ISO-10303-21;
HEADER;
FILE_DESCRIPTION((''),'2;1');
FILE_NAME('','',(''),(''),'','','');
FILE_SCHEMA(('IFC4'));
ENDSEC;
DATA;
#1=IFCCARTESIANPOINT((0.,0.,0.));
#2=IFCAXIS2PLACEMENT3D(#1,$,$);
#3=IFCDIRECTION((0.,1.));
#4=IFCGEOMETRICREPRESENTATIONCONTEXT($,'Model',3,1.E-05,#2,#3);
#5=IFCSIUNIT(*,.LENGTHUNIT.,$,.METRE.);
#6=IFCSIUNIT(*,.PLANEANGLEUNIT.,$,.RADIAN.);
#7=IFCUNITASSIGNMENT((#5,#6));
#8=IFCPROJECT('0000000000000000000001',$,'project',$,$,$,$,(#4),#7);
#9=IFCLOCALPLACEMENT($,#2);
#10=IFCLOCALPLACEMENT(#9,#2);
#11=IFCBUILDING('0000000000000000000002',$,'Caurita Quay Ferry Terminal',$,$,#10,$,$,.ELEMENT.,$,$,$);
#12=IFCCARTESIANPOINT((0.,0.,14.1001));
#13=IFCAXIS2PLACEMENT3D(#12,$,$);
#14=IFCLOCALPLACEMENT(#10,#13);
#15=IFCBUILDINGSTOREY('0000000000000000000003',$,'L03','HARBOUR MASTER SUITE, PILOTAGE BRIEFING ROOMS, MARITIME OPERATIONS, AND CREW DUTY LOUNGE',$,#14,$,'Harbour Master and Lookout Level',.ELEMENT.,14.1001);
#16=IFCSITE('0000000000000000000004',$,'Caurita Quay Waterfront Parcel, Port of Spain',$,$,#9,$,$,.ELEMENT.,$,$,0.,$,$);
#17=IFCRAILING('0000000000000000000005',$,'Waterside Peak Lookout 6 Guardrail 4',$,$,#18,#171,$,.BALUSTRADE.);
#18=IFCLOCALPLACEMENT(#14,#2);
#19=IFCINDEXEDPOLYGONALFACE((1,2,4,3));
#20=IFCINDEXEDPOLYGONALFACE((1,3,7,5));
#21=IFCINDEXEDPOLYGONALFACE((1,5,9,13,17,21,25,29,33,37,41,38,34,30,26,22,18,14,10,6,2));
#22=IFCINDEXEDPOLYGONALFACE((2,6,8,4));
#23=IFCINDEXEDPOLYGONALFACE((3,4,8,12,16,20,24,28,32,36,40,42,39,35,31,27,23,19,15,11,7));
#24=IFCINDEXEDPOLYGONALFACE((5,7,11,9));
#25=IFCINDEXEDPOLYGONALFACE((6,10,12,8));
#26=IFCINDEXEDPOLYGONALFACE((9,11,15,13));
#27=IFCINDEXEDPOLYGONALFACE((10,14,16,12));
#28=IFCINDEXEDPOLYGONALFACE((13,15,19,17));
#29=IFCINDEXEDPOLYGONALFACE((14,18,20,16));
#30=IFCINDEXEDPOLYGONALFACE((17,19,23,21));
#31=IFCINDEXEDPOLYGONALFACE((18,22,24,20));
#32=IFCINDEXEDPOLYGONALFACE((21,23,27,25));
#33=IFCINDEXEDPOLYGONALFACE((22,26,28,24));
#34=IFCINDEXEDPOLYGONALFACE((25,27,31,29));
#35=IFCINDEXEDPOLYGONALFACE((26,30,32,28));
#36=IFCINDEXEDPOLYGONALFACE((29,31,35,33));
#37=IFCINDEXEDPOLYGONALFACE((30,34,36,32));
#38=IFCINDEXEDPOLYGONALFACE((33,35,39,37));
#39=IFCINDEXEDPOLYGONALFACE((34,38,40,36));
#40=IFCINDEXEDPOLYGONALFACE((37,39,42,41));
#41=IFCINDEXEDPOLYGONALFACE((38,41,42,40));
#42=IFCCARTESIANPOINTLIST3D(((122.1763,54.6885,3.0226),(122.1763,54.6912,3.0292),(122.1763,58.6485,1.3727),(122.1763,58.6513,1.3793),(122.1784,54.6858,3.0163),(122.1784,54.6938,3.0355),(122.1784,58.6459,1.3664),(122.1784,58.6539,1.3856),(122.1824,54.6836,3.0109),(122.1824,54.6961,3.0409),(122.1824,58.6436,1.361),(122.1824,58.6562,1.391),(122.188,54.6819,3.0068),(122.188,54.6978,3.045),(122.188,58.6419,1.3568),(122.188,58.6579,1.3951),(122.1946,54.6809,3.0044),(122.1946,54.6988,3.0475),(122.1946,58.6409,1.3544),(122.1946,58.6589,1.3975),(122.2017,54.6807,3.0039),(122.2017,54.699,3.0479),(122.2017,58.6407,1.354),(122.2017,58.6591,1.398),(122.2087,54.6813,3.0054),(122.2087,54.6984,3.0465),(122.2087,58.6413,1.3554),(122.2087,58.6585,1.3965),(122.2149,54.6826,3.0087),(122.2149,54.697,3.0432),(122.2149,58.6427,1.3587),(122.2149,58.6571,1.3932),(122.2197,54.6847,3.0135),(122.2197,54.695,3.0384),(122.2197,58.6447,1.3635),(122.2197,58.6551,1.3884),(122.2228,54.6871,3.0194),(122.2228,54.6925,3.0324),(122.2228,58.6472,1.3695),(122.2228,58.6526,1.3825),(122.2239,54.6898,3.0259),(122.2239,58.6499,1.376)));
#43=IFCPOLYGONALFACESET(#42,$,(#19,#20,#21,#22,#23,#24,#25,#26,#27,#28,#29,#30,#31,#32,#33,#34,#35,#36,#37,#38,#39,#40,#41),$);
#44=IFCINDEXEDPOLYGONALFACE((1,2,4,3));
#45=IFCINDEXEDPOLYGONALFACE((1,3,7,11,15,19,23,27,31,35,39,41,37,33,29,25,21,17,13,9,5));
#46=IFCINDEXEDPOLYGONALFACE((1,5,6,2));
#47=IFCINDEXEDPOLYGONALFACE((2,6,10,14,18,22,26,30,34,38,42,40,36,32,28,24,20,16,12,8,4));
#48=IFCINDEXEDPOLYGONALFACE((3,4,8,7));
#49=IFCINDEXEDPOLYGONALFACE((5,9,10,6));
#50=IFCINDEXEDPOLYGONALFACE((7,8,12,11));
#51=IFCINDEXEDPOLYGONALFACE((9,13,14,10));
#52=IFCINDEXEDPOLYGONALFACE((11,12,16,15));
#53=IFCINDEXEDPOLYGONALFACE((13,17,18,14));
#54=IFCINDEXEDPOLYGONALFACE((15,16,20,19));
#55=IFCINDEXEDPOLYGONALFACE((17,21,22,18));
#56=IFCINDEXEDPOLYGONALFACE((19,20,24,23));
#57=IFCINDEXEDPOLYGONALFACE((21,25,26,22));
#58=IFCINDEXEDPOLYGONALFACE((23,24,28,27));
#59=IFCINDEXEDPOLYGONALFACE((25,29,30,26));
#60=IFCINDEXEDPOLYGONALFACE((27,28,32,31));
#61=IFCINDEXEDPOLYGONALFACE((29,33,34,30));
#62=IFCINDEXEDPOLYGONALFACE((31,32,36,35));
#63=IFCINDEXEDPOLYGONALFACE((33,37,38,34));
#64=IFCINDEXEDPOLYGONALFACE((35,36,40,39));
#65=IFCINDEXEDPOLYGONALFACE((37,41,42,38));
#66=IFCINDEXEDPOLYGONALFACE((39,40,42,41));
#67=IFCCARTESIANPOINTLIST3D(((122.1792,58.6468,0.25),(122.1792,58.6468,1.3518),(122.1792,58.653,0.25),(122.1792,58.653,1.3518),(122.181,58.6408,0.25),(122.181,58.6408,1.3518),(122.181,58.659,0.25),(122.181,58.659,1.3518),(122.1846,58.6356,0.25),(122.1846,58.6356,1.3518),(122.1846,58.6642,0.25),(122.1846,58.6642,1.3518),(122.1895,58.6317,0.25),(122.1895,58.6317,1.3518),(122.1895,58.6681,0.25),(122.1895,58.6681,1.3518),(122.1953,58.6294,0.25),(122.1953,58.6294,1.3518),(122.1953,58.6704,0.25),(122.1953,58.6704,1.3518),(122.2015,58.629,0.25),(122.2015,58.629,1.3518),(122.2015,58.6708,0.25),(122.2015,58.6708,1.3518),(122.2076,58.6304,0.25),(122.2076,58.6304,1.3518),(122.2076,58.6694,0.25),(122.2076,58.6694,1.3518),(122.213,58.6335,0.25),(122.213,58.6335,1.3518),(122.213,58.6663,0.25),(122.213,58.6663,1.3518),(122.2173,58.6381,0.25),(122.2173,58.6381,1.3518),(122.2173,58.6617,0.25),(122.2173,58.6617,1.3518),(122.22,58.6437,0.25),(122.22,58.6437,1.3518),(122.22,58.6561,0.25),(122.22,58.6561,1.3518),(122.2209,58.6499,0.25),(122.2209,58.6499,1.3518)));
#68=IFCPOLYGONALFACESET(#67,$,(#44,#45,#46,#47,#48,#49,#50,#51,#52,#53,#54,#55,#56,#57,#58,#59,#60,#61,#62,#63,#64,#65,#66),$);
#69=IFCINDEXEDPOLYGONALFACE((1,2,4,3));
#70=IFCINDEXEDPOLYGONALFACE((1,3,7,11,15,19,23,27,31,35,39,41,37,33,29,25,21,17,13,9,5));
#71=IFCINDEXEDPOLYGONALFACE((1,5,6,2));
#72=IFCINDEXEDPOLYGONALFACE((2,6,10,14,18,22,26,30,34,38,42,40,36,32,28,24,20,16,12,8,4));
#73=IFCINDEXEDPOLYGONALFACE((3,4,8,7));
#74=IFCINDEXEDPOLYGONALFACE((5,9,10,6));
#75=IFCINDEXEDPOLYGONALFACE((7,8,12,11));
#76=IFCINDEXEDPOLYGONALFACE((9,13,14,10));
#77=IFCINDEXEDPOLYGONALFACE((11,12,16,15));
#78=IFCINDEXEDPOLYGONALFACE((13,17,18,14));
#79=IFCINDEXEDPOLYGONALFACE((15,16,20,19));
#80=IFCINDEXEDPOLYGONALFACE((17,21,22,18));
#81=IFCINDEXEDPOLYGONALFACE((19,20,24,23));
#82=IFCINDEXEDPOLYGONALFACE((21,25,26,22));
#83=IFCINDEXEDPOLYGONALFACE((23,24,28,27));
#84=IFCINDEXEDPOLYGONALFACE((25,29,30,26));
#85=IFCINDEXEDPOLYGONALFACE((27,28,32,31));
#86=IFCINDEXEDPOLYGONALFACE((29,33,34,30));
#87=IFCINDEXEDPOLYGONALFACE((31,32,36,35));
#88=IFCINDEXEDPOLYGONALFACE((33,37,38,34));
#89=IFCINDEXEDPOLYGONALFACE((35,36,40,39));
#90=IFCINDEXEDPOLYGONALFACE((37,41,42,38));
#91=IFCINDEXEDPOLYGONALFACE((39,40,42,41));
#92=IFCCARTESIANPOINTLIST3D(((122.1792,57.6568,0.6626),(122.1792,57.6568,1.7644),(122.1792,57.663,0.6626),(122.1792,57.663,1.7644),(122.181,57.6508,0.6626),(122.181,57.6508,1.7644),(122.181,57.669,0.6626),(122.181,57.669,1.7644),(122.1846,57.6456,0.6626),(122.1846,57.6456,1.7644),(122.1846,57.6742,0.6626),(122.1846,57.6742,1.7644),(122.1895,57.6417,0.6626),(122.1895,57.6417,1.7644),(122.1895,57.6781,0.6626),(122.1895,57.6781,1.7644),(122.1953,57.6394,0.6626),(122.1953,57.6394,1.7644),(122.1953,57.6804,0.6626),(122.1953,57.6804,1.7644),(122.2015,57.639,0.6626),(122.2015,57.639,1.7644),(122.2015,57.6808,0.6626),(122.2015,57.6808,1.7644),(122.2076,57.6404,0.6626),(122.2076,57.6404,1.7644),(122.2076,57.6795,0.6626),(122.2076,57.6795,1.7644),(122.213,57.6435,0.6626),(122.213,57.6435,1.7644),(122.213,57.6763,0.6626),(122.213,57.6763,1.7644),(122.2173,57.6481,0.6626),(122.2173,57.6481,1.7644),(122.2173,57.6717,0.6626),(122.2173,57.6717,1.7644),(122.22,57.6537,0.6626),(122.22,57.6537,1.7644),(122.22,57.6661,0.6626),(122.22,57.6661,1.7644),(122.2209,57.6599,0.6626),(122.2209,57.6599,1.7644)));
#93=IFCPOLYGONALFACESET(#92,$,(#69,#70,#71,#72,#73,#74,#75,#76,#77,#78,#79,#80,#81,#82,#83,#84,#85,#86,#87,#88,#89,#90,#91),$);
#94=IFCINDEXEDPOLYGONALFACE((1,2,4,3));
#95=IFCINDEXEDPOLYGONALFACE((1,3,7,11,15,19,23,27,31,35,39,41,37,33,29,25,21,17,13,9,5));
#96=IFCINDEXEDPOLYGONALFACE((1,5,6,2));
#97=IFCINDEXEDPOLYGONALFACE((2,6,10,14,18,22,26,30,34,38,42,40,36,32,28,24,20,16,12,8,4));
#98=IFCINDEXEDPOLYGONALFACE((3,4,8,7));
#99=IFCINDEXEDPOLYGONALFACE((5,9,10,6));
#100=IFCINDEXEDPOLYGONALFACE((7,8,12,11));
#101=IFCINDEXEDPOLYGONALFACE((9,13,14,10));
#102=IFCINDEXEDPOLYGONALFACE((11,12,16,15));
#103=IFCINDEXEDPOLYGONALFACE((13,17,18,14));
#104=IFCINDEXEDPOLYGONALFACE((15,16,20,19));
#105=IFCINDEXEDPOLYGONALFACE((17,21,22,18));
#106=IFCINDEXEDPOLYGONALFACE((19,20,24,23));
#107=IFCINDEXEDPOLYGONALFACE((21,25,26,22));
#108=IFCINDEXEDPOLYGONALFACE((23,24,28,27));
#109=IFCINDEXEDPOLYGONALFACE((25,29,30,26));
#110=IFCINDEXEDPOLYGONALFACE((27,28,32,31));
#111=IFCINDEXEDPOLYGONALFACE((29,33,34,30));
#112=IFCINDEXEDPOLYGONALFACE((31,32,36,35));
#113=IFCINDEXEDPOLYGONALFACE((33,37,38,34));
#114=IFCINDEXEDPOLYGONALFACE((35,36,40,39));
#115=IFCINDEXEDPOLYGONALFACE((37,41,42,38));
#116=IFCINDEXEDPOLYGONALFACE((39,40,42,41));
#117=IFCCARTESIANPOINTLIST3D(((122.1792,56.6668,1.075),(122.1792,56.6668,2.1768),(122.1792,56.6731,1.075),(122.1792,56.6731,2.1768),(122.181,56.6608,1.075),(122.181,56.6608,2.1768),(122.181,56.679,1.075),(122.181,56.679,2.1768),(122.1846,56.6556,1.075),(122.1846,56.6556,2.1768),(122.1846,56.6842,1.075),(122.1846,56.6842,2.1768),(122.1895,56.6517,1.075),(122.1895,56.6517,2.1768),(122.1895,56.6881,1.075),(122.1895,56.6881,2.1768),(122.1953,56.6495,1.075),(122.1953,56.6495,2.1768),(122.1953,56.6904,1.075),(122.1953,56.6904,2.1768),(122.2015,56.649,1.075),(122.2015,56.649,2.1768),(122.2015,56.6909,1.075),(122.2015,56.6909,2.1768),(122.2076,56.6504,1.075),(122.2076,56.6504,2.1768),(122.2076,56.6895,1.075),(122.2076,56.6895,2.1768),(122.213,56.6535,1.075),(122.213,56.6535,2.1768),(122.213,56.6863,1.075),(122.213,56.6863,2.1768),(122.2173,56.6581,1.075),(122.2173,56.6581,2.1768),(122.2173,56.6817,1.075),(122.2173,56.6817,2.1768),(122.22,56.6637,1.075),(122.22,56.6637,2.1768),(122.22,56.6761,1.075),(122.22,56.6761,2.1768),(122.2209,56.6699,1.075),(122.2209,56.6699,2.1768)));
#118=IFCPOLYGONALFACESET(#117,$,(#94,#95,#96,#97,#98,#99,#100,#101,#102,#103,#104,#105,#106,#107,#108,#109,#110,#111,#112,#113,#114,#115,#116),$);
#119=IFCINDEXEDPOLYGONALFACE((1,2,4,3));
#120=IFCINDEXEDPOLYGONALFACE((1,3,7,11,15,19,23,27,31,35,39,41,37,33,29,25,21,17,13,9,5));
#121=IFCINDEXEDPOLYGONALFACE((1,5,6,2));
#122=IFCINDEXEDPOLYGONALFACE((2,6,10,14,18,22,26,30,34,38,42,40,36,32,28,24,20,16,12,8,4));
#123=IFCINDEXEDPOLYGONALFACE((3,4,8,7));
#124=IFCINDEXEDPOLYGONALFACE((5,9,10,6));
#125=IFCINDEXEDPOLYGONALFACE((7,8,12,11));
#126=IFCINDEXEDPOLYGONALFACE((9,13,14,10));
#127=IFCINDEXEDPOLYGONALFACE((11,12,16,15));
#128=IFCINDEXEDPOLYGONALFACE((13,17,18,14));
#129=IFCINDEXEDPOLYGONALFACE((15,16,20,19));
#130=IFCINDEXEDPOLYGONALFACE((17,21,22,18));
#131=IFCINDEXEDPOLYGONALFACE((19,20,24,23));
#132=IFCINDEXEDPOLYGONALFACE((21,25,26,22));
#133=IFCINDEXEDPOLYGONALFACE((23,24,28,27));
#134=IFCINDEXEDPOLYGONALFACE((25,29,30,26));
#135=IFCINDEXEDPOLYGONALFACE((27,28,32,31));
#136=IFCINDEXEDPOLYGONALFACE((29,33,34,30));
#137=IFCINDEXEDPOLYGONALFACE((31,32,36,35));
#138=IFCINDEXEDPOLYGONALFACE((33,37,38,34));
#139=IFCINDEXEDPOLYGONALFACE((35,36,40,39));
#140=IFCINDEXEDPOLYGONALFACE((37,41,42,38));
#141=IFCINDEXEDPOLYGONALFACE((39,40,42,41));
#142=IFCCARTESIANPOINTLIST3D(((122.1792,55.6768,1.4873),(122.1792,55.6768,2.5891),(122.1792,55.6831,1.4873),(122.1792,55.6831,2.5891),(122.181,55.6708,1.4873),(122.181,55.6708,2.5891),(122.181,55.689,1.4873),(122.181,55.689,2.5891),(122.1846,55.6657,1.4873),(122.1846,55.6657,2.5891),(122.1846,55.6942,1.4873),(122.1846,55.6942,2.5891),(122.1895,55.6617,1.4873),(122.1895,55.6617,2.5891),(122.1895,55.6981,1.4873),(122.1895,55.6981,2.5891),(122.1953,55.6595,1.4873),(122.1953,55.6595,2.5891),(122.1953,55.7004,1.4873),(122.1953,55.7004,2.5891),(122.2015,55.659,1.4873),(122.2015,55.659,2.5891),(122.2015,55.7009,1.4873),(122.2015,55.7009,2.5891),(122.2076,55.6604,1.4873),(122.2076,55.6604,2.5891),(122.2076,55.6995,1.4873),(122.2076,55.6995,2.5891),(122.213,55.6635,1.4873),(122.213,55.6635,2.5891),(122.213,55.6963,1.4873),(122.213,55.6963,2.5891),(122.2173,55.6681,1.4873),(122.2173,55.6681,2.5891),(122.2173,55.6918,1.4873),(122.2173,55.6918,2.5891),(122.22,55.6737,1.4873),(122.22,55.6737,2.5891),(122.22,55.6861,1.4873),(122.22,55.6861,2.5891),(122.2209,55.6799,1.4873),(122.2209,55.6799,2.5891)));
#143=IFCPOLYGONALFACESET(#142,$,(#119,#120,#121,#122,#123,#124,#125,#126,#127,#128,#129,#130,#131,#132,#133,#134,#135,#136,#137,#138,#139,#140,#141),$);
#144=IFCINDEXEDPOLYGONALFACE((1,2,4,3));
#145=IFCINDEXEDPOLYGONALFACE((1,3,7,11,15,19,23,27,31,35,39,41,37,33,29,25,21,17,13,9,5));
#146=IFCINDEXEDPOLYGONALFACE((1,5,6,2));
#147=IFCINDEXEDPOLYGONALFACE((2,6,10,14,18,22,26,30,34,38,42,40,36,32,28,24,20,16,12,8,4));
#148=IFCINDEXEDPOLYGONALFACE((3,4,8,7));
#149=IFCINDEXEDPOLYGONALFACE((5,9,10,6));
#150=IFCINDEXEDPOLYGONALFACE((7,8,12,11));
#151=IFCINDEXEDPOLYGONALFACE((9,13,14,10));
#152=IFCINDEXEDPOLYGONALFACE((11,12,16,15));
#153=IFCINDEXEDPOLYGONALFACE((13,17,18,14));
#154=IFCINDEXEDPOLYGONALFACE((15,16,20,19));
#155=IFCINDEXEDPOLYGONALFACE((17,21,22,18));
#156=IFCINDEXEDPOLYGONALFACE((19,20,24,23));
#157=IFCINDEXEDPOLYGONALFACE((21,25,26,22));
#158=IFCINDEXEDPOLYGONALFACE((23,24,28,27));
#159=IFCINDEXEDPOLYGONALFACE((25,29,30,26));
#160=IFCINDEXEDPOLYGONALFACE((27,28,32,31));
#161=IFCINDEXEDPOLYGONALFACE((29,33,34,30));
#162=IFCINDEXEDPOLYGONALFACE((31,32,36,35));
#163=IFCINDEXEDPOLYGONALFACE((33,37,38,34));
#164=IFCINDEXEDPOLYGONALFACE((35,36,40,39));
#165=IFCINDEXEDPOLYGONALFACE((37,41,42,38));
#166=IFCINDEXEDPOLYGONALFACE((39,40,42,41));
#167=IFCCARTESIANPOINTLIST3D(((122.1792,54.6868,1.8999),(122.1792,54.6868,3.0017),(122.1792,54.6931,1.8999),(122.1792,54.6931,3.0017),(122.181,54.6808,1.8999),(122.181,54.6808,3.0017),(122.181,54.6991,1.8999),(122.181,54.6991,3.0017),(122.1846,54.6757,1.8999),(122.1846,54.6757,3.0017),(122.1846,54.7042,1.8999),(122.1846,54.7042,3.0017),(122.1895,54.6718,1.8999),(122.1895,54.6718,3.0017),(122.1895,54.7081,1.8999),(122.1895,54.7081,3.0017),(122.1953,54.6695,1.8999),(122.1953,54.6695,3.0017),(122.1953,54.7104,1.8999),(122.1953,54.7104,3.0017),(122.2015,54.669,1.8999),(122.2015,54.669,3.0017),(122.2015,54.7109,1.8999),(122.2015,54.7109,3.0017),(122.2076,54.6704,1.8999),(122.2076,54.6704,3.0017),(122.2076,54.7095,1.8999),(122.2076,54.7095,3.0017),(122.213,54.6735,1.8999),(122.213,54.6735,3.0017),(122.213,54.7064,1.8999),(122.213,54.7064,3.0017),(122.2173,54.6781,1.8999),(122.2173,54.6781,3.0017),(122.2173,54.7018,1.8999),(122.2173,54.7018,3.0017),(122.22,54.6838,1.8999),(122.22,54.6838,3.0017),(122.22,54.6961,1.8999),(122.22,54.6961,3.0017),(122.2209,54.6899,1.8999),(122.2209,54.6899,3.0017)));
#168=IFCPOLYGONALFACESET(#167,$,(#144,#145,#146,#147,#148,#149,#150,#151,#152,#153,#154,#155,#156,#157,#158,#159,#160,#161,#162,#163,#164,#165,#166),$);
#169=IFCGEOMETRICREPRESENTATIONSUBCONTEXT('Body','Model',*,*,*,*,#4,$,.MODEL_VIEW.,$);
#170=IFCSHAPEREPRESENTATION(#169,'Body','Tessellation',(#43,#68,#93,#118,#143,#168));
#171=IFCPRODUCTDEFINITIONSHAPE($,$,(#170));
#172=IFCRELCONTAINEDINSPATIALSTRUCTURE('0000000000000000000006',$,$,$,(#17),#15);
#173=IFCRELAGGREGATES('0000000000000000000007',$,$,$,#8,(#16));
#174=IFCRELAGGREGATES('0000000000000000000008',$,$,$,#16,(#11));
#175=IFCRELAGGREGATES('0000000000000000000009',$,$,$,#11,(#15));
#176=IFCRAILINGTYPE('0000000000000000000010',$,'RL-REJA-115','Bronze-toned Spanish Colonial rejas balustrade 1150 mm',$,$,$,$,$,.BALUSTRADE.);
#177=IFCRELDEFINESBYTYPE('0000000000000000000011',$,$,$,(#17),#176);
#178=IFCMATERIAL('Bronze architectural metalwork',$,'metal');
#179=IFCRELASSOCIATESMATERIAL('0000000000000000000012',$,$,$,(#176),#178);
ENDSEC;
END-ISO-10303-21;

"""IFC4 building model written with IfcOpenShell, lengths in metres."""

from ifc_helpers import new_model, si_unit, direction, frame, origin, origin_2d, place, context, subcontext, project, spatial, circle, extrude, material, type_object, element, save


model = new_model("IFC4")

# Units and contexts
model_context = context("Model", 3, precision=1e-05, world=origin(), true_north=direction((0.0, 1.0)))
body_context = subcontext(model_context, "Body", "Model", "MODEL_VIEW")
ifc_project = project(units=[si_unit("LENGTHUNIT", "METRE"), si_unit("PLANEANGLEUNIT", "RADIAN")], contexts=[model_context])

# Site, building, storey
site_placement = place(None, origin())
site = spatial("IfcSite", under=ifc_project, at=site_placement, Name="Caurita Quay Waterfront Parcel, Port of Spain", CompositionType="ELEMENT", RefElevation=0.0)
building_placement = place(site_placement, origin())
building = spatial("IfcBuilding", under=site, at=building_placement, Name="Caurita Quay Ferry Terminal", CompositionType="ELEMENT")
storey_placement = place(building_placement, frame((0.0, 0.0, 14.1001)))
storey = spatial("IfcBuildingStorey", under=building, at=storey_placement, Name="L03", Description="HARBOUR MASTER SUITE, PILOTAGE BRIEFING ROOMS, MARITIME OPERATIONS, AND CREW DUTY LOUNGE", LongName="Harbour Master and Lookout Level", CompositionType="ELEMENT", Elevation=14.1001)

# Railing
ifc_material_1 = material(Name="Bronze architectural metalwork", Category="metal")
railing_type_1 = type_object("IfcRailingType", Name="RL-REJA-115", Description="Bronze-toned Spanish Colonial rejas balustrade 1150 mm", PredefinedType="BALUSTRADE", material=ifc_material_1)
for number, where, name in (
    (1, (122.2, 58.6499, 0.25), "Waterside Peak Lookout 6 Guardrail 4"),
):
    element("IfcRailing", number, at=place(storey_placement, frame(where)), inside=storey, type_object=railing_type_1, Name=name, PredefinedType="BALUSTRADE", context=body_context, shape_type="SweptSolid", body=[
        extrude(circle(Radius=0.0239, at=origin_2d()), frame((0.0, 0.0, 1.126), z_axis=(0.0, -0.923084, 0.384599), x_axis=(1.0, 0.0, 0.0)), (0.0, 0.0, 1.0), 4.29),
        extrude(circle(Radius=0.021, at=origin_2d()), origin(), (0.0, 0.0, 1.0), 1.1018),
        extrude(circle(Radius=0.021, at=origin_2d()), frame((0.0, -0.99, 0.4126)), (0.0, 0.0, 1.0), 1.1018),
        extrude(circle(Radius=0.021, at=origin_2d()), frame((0.0, -1.98, 0.825)), (0.0, 0.0, 1.0), 1.1018),
        extrude(circle(Radius=0.021, at=origin_2d()), frame((0.0, -2.97, 1.2373)), (0.0, 0.0, 1.0), 1.1018),
        extrude(circle(Radius=0.021, at=origin_2d()), frame((0.0, -3.96, 1.6499)), (0.0, 0.0, 1.0), 1.1018),
    ])

save(model, "model.ifc")
